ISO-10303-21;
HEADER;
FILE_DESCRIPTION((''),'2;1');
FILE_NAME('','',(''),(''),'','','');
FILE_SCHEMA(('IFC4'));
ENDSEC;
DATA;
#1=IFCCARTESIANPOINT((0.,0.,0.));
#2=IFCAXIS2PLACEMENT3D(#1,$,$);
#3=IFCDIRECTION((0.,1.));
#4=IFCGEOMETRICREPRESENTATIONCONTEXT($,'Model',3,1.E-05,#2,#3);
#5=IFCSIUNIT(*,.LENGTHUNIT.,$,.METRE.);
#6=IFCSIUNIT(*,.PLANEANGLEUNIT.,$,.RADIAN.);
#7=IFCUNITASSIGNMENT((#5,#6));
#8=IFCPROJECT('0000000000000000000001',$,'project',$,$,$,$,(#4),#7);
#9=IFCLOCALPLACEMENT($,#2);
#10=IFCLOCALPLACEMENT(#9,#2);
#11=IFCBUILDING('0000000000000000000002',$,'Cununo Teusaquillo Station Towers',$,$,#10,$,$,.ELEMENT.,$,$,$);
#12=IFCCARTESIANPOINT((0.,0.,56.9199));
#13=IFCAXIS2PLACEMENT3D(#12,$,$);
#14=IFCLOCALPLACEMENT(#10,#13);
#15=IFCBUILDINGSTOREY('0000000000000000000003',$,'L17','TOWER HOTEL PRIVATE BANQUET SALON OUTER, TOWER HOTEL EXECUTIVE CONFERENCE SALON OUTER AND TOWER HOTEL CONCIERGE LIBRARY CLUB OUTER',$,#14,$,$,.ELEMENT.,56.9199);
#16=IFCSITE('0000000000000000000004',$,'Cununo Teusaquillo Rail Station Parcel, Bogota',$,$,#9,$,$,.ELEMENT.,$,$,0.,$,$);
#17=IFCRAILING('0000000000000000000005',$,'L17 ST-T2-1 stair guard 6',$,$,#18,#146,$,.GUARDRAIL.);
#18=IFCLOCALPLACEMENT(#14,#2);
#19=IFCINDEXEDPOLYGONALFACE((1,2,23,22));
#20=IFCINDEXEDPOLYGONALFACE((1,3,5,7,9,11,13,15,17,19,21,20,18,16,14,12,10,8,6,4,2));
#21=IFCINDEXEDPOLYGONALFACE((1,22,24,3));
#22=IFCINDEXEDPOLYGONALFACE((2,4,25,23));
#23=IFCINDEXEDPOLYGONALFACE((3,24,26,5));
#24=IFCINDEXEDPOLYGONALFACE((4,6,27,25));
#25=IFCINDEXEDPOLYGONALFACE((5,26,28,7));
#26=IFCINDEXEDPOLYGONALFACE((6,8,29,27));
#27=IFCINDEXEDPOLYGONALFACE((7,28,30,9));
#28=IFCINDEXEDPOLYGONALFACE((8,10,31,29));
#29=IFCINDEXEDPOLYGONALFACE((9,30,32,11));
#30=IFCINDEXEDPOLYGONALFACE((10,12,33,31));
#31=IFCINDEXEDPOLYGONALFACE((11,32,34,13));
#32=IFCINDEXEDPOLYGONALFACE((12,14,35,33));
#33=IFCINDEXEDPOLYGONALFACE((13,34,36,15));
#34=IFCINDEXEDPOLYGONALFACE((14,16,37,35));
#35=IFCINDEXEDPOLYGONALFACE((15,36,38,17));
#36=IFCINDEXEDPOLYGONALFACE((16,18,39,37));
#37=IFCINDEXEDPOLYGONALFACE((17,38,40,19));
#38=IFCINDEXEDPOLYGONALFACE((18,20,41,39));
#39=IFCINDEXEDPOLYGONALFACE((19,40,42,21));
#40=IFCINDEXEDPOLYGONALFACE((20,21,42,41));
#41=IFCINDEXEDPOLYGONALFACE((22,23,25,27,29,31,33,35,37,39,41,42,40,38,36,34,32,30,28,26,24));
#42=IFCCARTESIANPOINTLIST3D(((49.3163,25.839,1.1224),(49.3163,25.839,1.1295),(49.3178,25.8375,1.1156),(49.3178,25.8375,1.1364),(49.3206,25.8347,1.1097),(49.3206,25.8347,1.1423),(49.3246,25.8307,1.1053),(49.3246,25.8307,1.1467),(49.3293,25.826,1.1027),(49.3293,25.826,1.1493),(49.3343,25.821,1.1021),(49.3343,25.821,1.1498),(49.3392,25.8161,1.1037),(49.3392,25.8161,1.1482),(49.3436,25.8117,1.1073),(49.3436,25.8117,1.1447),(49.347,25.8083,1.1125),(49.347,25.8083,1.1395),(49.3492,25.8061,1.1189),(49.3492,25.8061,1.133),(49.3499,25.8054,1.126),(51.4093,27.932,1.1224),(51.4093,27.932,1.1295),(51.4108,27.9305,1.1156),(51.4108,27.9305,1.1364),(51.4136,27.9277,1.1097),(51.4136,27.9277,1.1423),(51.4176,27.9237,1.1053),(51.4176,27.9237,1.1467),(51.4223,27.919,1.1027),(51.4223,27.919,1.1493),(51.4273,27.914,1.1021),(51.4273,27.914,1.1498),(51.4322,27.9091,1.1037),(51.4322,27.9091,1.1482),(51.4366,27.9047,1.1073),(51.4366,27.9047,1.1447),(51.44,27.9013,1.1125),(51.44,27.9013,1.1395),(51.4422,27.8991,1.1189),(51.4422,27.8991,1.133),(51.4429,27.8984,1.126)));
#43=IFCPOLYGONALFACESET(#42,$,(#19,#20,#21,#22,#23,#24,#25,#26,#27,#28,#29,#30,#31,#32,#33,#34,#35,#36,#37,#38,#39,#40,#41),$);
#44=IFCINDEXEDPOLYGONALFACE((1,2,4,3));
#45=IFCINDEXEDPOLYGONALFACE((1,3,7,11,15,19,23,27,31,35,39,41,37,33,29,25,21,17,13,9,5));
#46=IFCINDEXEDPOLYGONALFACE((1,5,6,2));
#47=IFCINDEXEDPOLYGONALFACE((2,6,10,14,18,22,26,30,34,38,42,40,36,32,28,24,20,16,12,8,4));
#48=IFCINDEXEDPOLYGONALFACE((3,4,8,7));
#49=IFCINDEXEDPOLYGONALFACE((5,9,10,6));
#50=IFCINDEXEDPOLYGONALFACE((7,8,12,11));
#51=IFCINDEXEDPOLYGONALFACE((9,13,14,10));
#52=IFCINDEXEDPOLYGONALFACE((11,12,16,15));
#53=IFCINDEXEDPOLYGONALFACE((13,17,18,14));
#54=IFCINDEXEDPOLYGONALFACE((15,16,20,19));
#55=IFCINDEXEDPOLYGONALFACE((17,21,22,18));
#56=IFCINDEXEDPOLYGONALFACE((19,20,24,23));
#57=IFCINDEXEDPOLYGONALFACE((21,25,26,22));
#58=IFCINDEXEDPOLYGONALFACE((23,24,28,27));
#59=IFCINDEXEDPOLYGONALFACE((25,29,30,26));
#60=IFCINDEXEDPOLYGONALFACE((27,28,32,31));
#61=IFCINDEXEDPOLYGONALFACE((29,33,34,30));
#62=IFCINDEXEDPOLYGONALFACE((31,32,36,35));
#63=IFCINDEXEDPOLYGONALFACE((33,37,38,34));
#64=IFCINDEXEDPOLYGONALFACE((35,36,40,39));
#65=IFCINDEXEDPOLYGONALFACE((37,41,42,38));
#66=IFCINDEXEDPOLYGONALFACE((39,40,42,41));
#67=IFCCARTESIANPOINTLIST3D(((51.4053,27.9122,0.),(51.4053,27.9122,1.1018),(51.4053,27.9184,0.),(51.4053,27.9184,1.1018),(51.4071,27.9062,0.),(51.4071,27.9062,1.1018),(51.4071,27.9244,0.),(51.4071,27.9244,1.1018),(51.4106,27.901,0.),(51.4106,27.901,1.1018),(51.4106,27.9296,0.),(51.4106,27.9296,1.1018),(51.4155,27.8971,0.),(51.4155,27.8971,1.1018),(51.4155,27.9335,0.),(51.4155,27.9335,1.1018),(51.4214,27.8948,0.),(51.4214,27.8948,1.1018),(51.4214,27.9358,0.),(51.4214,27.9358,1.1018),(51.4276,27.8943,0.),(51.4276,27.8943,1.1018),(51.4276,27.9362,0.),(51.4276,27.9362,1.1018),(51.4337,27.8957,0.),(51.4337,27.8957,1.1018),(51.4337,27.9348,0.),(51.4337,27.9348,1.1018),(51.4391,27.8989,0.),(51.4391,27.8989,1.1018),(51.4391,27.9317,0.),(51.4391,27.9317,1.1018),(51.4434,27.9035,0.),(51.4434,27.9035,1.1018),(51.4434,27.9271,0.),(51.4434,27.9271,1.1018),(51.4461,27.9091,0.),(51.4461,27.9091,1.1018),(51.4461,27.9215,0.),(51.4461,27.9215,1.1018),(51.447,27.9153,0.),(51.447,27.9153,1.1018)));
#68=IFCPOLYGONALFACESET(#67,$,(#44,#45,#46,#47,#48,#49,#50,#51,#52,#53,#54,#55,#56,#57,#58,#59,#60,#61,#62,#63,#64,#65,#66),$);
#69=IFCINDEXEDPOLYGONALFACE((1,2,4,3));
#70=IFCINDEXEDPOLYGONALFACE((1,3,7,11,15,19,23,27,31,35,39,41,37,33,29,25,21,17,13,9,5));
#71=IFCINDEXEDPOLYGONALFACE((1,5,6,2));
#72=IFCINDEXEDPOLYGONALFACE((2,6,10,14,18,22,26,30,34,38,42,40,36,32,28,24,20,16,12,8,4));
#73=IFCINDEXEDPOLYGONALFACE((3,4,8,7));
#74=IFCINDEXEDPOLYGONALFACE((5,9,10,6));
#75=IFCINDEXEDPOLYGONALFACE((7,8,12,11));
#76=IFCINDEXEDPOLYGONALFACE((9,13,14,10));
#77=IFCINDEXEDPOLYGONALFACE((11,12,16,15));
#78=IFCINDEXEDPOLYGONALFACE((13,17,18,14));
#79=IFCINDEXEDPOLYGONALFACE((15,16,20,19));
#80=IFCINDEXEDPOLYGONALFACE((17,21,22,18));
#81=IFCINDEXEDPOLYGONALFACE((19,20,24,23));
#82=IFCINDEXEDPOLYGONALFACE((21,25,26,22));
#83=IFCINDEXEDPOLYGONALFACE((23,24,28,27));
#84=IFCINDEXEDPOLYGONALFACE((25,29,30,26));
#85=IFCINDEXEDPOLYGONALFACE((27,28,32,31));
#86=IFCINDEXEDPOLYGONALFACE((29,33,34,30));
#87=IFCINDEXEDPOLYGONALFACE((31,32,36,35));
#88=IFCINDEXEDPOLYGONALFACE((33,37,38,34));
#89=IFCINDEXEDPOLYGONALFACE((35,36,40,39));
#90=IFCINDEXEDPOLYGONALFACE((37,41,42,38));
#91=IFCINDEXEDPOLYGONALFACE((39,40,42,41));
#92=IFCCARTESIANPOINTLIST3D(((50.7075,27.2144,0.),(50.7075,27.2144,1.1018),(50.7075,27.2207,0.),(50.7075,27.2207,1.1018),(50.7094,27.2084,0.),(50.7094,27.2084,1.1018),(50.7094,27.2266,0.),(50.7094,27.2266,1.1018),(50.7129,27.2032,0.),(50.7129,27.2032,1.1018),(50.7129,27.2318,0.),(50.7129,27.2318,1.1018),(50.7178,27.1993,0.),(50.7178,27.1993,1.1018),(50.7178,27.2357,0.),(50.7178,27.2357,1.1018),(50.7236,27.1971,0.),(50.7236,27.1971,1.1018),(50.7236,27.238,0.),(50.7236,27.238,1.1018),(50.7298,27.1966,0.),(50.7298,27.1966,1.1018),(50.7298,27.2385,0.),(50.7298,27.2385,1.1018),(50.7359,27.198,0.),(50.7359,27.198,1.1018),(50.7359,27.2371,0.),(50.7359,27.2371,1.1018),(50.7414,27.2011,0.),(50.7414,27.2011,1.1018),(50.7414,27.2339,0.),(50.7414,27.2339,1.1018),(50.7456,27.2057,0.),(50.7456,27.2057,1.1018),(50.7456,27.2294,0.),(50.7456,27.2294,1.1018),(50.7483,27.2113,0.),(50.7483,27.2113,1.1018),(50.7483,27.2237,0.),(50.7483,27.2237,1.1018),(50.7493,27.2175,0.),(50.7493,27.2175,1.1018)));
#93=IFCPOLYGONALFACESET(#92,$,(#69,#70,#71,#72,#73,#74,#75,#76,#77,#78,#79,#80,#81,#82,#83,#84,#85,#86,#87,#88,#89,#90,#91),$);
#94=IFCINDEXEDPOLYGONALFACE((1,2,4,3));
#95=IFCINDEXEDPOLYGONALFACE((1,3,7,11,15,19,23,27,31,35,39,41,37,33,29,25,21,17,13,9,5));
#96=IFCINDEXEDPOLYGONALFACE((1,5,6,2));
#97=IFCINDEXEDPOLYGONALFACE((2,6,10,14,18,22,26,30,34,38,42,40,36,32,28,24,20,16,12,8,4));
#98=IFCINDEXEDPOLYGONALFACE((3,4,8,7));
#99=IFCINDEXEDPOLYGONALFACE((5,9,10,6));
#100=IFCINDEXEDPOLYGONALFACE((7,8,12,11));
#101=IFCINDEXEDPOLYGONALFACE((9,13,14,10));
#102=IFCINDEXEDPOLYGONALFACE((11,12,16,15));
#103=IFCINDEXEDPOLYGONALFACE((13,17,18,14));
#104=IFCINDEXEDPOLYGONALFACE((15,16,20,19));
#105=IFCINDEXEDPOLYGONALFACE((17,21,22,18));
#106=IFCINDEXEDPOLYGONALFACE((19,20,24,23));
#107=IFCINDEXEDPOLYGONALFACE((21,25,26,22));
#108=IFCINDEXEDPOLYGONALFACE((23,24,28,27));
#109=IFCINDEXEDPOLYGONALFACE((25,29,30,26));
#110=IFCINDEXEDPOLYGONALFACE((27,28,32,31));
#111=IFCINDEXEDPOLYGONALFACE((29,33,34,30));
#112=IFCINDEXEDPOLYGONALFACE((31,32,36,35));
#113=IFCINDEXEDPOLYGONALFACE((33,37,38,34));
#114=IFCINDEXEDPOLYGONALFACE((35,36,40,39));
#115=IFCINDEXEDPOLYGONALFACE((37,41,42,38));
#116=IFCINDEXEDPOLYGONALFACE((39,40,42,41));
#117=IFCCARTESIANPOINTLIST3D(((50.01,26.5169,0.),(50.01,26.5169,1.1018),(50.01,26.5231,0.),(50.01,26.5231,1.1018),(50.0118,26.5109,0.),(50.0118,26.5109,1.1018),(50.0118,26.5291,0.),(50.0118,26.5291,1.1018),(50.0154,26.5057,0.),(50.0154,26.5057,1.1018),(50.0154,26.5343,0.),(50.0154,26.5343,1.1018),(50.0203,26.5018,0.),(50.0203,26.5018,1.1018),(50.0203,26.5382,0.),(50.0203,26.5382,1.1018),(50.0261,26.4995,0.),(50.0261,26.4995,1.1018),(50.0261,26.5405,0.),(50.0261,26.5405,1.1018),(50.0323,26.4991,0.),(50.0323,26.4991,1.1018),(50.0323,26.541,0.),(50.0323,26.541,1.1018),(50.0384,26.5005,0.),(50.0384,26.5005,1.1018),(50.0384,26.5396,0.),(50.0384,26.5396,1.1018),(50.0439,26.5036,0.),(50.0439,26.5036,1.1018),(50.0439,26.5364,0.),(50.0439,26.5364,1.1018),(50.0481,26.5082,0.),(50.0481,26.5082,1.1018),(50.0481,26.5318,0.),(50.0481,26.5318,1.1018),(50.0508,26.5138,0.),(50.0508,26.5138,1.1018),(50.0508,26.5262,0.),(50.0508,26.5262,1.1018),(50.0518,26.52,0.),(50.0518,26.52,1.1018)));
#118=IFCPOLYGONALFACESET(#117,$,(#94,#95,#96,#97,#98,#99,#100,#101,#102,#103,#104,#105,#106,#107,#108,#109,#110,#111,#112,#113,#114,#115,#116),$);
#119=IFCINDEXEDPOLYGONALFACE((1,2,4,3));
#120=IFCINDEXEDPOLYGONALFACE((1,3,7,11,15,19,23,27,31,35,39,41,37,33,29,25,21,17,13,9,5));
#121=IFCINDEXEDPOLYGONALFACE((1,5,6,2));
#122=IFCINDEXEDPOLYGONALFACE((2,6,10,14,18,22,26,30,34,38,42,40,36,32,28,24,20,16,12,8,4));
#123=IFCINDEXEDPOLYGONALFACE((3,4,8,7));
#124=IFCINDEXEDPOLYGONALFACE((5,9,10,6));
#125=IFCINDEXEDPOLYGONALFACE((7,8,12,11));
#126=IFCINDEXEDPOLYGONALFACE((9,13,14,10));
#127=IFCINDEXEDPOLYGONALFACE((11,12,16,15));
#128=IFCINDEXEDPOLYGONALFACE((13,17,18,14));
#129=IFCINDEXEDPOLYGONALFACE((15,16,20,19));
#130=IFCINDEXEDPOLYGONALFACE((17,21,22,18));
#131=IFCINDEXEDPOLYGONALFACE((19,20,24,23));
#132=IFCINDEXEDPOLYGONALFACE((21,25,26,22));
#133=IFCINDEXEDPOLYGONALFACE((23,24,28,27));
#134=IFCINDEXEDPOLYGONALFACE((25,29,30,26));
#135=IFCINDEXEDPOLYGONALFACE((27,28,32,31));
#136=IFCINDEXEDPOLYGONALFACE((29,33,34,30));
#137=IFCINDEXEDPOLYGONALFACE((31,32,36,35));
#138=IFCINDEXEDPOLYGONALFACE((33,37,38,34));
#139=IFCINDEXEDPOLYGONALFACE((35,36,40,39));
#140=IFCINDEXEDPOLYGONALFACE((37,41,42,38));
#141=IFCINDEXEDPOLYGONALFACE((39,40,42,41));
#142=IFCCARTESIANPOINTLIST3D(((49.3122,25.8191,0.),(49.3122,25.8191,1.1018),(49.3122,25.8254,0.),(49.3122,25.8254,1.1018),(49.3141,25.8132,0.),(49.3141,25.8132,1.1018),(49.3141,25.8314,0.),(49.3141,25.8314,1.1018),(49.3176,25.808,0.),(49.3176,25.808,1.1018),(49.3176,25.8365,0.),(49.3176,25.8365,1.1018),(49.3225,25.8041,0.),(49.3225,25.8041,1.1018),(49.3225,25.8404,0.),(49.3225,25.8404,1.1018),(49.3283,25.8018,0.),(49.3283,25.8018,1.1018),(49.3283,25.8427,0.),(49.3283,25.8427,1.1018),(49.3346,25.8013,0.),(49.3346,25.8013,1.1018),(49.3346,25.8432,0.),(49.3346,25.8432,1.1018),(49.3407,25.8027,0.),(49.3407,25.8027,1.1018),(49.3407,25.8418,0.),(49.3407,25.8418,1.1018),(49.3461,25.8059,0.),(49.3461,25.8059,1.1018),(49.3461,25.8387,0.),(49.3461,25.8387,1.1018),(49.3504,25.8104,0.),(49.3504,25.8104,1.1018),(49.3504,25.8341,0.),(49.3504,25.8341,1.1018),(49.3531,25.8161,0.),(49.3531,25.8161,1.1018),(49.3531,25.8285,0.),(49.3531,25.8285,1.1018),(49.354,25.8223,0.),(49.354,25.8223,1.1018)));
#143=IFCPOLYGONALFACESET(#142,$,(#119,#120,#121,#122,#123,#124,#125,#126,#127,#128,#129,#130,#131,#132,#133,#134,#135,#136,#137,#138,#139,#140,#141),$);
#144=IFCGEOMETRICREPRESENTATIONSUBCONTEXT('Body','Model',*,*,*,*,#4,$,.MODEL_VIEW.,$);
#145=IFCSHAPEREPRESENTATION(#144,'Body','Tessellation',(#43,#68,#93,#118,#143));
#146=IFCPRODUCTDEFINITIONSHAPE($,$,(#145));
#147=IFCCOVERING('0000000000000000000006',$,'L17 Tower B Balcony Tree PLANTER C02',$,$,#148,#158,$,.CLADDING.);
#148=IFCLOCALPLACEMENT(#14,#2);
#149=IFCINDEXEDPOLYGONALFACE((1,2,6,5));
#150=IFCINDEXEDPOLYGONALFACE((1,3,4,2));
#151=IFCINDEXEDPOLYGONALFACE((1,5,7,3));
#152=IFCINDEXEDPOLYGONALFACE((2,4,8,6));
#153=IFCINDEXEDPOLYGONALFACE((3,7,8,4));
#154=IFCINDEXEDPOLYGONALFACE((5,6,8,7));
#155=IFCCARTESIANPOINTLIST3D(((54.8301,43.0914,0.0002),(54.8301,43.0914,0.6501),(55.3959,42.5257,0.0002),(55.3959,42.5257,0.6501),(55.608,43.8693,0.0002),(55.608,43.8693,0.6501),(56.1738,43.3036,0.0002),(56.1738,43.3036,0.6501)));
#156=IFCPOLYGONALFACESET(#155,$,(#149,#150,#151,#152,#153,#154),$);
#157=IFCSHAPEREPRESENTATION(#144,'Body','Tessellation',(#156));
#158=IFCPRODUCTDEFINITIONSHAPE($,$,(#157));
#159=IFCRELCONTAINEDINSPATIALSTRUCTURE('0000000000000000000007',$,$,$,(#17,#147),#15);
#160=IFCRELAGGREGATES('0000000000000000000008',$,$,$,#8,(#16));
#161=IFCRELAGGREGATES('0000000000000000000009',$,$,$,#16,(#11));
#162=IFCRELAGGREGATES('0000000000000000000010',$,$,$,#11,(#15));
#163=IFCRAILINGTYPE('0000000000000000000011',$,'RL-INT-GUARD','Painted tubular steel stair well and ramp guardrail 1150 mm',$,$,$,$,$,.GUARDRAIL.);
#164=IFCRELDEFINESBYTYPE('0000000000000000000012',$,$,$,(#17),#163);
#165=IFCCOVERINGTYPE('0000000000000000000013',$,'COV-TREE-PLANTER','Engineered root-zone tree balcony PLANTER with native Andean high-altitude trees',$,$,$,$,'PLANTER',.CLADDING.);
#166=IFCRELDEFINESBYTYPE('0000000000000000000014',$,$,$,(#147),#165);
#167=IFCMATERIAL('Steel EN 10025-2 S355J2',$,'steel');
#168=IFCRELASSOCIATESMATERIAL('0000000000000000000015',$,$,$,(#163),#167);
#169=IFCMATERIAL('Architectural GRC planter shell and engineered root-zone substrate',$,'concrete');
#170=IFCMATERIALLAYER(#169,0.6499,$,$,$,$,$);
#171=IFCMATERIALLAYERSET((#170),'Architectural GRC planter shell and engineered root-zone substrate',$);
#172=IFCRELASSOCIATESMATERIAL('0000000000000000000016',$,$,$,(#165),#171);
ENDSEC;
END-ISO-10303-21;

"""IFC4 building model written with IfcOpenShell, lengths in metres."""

from ifc_helpers import new_model, si_unit, direction, frame, origin, origin_2d, place, context, subcontext, project, spatial, rectangle, circle, extrude, source, transform, mapped, material, layer, layer_set, type_object, element, save


model = new_model("IFC4")

# Units and contexts
model_context = context("Model", 3, precision=1e-05, world=origin(), true_north=direction((0.0, 1.0)))
body_context = subcontext(model_context, "Body", "Model", "MODEL_VIEW")
ifc_project = project(units=[si_unit("LENGTHUNIT", "METRE"), si_unit("PLANEANGLEUNIT", "RADIAN")], contexts=[model_context])

# Site, building, storey
site_placement = place(None, origin())
site = spatial("IfcSite", under=ifc_project, at=site_placement, Name="Cununo Teusaquillo Rail Station Parcel, Bogota", CompositionType="ELEMENT", RefElevation=0.0)
building_placement = place(site_placement, origin())
building = spatial("IfcBuilding", under=site, at=building_placement, Name="Cununo Teusaquillo Station Towers", CompositionType="ELEMENT")
storey_placement = place(building_placement, frame((0.0, 0.0, 56.9199)))
storey = spatial("IfcBuildingStorey", under=building, at=storey_placement, Name="L17", Description="TOWER HOTEL PRIVATE BANQUET SALON OUTER, TOWER HOTEL EXECUTIVE CONFERENCE SALON OUTER AND TOWER HOTEL CONCIERGE LIBRARY CLUB OUTER", CompositionType="ELEMENT", Elevation=56.9199)

# Railing
ifc_material_1 = material(Name="Steel EN 10025-2 S355J2", Category="steel")
railing_type_1 = type_object("IfcRailingType", Name="RL-INT-GUARD", Description="Painted tubular steel stair well and ramp guardrail 1150 mm", PredefinedType="GUARDRAIL", material=ifc_material_1)
railing_1_placement = place(storey_placement, frame((51.426, 27.9153, 0.0)))
element("IfcRailing", 1, at=railing_1_placement, inside=storey, type_object=railing_type_1, Name="L17 ST-T2-1 stair guard 6", PredefinedType="GUARDRAIL", context=body_context, shape_type="SweptSolid", body=[
    extrude(circle(Radius=0.0239, at=origin_2d()), frame((0.0, 0.0, 1.126), z_axis=(-0.707107, -0.707107, 0.0), x_axis=(0.707107, -0.707107, 0.0)), (0.0, 0.0, 1.0), 2.96),
    extrude(circle(Radius=0.021, at=origin_2d()), origin(), (0.0, 0.0, 1.0), 1.1018),
    extrude(circle(Radius=0.021, at=origin_2d()), frame((-0.6978, -0.6978, 0.0)), (0.0, 0.0, 1.0), 1.1018),
    extrude(circle(Radius=0.021, at=origin_2d()), frame((-1.3953, -1.3953, 0.0)), (0.0, 0.0, 1.0), 1.1018),
    extrude(circle(Radius=0.021, at=origin_2d()), frame((-2.093, -2.093, 0.0)), (0.0, 0.0, 1.0), 1.1018),
])

# Covering
ifc_material_2 = material(Name="Architectural GRC planter shell and engineered root-zone substrate", Category="concrete")
ifc_layer_1 = layer(ifc_material_2, 0.6499)
ifc_layer_set_1 = layer_set([ifc_layer_1], Name="Architectural GRC planter shell and engineered root-zone substrate")
covering_type = type_object("IfcCoveringType", Name="COV-TREE-PLANTER", Description="Engineered root-zone tree balcony PLANTER with native Andean high-altitude trees", ElementType="PLANTER", PredefinedType="CLADDING", material=ifc_layer_set_1)
shared_shape_1 = source(origin(), body_context, "Body", "SweptSolid", [
    extrude(rectangle(XDim=1.1001, YDim=0.8, at=origin_2d()), origin(), (0.0, 0.0, 1.0), 0.6499),
])
covering_placement = place(storey_placement, frame((55.502, 43.1975, 0.0002), z_axis=(0.0, 0.0, 1.0), x_axis=(0.707107, 0.707107, 0.0)))
element("IfcCovering", 2, at=covering_placement, inside=storey, type_object=covering_type, Name="L17 Tower B Balcony Tree PLANTER C02", PredefinedType="CLADDING", context=body_context, shape_type="MappedRepresentation", body=[
    mapped(shared_shape_1, transform((0.0, 0.0, 0.0), x_axis=(1.0, 0.0, 0.0), y_axis=(0.0, 1.0, 0.0), z_axis=(0.0, 0.0, 1.0), scale=1.0)),
])

save(model, "model.ifc")
